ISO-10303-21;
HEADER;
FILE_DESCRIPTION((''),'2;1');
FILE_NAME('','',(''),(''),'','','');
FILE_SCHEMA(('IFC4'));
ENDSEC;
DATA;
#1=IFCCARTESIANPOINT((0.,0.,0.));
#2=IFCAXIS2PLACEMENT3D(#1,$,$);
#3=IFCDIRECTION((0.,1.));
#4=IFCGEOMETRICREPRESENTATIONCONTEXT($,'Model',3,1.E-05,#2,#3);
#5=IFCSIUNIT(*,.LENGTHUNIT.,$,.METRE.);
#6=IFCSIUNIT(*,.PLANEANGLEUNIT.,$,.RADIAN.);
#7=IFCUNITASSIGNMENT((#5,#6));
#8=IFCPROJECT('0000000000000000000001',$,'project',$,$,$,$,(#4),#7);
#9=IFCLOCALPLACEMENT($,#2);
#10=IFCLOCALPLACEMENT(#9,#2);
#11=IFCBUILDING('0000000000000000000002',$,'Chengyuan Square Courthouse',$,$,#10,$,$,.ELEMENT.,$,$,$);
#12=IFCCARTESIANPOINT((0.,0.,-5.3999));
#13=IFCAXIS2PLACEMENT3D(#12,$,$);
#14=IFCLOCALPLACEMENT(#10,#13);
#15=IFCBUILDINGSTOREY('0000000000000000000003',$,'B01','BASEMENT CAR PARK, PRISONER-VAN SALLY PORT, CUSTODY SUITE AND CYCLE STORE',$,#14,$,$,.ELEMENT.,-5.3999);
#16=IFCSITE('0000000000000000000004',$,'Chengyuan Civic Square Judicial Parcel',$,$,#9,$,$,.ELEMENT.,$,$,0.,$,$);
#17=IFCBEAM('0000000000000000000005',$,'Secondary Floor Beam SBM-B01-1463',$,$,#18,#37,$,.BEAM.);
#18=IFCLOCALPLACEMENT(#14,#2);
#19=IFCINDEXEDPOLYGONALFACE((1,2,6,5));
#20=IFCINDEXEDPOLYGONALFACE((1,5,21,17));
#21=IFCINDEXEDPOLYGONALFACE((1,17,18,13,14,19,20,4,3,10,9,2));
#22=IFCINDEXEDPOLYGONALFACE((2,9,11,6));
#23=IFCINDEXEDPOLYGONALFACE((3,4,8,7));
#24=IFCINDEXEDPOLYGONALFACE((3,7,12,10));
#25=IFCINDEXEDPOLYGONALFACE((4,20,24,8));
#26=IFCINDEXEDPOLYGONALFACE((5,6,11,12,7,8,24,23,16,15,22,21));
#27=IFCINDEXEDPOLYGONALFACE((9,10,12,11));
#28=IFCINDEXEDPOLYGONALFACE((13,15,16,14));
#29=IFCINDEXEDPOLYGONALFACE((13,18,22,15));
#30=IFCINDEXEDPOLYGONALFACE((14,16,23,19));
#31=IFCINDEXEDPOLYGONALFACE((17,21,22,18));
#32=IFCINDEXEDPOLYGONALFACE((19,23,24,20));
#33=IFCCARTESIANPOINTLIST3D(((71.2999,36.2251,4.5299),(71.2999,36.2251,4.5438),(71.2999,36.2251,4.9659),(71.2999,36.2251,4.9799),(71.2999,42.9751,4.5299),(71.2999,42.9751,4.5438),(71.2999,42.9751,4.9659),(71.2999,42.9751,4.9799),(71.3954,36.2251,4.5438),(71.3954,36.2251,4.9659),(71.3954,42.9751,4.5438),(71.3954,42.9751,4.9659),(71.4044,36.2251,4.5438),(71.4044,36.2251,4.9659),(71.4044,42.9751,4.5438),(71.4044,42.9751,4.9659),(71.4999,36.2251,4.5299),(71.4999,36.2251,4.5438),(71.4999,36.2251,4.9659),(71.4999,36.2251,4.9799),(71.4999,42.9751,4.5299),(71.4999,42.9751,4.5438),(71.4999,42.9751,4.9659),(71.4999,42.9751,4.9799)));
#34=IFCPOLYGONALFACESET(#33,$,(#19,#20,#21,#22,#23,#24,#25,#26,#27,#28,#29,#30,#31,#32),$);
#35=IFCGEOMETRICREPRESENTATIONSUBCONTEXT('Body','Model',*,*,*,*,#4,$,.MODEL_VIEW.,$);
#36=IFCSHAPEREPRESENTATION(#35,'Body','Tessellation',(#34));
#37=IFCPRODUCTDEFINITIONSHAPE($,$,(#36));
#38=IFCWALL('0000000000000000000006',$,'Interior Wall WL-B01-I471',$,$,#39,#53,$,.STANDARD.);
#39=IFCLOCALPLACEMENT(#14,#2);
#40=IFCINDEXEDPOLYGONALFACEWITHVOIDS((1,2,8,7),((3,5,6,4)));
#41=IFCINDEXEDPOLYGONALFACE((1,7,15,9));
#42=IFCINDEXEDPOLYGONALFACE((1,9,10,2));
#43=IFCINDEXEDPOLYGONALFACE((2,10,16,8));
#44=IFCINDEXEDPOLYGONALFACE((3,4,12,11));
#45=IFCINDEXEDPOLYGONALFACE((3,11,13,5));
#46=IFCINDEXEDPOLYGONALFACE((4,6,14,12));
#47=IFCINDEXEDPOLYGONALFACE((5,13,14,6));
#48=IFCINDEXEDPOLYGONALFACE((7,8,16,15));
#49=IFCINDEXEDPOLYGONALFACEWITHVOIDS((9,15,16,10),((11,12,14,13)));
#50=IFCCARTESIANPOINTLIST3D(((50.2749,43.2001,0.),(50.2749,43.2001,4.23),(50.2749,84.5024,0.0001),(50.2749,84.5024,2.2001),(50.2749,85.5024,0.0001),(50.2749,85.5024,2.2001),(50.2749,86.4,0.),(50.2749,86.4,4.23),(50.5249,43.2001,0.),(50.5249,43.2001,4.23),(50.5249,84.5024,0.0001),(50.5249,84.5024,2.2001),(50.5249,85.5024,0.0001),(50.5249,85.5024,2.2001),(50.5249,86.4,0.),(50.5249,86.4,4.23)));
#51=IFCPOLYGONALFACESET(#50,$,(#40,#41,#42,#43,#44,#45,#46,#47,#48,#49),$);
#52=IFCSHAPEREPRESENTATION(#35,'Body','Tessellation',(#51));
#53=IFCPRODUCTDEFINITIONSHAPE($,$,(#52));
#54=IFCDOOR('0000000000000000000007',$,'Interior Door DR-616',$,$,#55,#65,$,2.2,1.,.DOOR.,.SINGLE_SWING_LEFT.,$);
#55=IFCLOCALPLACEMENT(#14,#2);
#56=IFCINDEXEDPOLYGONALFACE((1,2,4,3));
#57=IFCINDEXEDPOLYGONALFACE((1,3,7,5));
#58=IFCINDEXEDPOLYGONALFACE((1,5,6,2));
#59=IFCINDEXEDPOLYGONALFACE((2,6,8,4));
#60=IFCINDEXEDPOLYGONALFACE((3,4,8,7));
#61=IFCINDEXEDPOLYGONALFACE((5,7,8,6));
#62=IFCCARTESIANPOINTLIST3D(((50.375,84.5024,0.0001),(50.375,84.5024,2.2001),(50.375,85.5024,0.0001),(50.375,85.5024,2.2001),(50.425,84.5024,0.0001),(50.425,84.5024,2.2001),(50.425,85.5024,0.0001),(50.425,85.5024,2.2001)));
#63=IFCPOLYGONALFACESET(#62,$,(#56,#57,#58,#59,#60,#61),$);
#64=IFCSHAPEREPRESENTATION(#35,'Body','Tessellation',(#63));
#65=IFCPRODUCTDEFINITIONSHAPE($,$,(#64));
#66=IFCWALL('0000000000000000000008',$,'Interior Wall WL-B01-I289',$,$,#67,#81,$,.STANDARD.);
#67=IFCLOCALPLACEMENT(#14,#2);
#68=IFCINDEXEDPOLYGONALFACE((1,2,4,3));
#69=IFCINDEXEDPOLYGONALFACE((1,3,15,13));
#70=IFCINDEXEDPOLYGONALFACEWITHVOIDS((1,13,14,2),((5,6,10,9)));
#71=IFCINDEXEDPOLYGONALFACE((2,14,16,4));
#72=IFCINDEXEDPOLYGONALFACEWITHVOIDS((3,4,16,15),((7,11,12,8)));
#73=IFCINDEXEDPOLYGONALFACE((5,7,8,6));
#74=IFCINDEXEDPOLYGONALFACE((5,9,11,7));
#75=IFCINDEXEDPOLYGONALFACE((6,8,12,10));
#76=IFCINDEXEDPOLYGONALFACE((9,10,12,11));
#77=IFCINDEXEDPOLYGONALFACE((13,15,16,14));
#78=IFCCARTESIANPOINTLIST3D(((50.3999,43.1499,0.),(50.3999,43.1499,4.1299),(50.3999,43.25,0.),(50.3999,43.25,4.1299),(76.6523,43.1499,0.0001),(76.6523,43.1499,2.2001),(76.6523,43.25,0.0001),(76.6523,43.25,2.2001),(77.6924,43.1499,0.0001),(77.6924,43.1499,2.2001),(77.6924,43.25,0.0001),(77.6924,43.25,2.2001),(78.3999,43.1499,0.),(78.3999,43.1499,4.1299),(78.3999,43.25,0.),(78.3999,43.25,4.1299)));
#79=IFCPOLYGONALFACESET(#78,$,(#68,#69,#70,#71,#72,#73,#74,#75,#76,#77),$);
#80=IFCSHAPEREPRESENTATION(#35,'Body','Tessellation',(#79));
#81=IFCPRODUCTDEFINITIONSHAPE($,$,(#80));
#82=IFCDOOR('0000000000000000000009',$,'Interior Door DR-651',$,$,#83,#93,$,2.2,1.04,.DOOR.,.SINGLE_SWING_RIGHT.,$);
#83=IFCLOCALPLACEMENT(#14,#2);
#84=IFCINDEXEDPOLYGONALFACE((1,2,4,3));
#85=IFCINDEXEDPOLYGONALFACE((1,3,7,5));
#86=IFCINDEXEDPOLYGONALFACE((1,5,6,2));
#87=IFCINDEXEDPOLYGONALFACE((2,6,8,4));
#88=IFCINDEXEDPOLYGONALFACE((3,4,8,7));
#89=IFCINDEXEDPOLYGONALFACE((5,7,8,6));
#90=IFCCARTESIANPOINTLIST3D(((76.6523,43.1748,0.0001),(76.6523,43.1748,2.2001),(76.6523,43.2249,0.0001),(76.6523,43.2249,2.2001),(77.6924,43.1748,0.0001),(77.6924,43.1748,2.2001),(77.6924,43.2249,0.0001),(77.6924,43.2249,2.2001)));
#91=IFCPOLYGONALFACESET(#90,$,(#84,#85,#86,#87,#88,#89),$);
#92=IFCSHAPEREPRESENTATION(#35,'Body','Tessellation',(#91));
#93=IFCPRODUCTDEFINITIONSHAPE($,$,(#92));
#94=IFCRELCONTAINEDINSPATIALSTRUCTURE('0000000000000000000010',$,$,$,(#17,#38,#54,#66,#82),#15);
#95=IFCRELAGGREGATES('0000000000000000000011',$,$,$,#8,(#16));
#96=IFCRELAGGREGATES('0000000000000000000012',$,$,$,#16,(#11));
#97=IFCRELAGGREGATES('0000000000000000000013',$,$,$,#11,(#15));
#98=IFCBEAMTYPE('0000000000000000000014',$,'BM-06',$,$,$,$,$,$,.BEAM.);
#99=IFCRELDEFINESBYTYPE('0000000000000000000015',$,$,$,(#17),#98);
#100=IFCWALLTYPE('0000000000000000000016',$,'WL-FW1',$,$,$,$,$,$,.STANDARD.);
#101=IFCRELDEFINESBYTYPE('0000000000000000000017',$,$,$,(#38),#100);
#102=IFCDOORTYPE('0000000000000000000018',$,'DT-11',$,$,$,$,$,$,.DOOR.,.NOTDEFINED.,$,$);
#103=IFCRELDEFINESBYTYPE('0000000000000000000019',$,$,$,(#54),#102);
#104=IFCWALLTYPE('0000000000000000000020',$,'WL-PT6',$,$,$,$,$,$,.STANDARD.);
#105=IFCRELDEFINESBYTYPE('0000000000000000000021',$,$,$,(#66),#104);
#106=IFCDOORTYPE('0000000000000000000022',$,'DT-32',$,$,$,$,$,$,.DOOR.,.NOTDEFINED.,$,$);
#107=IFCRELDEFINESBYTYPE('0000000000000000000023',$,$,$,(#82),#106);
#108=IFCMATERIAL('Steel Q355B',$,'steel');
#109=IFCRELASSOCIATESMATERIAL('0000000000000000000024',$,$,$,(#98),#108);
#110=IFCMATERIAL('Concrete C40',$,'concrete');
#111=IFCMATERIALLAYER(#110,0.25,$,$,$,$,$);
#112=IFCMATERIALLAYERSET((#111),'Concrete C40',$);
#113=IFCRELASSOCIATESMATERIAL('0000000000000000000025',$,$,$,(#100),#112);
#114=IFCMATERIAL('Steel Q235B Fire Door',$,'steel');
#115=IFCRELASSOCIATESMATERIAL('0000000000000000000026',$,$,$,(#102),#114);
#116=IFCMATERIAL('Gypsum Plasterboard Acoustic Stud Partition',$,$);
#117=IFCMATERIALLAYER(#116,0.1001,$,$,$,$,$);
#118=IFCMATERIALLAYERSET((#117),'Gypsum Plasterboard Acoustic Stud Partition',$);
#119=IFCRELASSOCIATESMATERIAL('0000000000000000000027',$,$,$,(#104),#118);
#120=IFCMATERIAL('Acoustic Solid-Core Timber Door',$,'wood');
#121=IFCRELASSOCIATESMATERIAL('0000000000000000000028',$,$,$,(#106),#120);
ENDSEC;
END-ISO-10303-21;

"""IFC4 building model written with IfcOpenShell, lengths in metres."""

from ifc_helpers import new_model, si_unit, direction, frame, frame_2d, origin, origin_2d, place, context, subcontext, project, spatial, rectangle, i_section, extrude, material, layer, layer_set, material_profile, profile_set, type_object, element, fill, save


model = new_model("IFC4")

# Units and contexts
model_context = context("Model", 3, precision=1e-05, world=origin(), true_north=direction((0.0, 1.0)))
body_context = subcontext(model_context, "Body", "Model", "MODEL_VIEW")
ifc_project = project(units=[si_unit("LENGTHUNIT", "METRE"), si_unit("PLANEANGLEUNIT", "RADIAN")], contexts=[model_context])

# Site, building, storey
site_placement = place(None, origin())
site = spatial("IfcSite", under=ifc_project, at=site_placement, Name="Chengyuan Civic Square Judicial Parcel", CompositionType="ELEMENT", RefElevation=0.0)
building_placement = place(site_placement, origin())
building = spatial("IfcBuilding", under=site, at=building_placement, Name="Chengyuan Square Courthouse", CompositionType="ELEMENT")
storey_placement = place(building_placement, frame((0.0, 0.0, -5.3999)))
storey = spatial("IfcBuildingStorey", under=building, at=storey_placement, Name="B01", Description="BASEMENT CAR PARK, PRISONER-VAN SALLY PORT, CUSTODY SUITE AND CYCLE STORE", CompositionType="ELEMENT", Elevation=-5.3999)

# Beam
ifc_material_1 = material(Name="Concrete C40", Category="concrete")
ifc_material_2 = material(Name="Steel Q355B", Category="steel")
ifc_material_profile_1 = material_profile(ifc_material_2, i_section(OverallWidth=0.2, OverallDepth=0.45, WebThickness=0.009, FlangeThickness=0.0139, at=origin_2d()), Name="HN 450x200x9x14")
ifc_profile_set_1 = profile_set([ifc_material_profile_1], Name="Steel Q355B")
beam_type_1 = type_object("IfcBeamType", Name="BM-06", PredefinedType="BEAM", material=ifc_profile_set_1)
for number, where, z_axis, x_axis, name in (
    (1, (71.3999, 36.2251, 4.7549), (0.0, 1.0, 0.0), (-1.0, 0.0, 0.0), "Secondary Floor Beam SBM-B01-1463"),
):
    element("IfcBeam", number, at=place(storey_placement, frame(where, z_axis=z_axis, x_axis=x_axis)), inside=storey, type_object=beam_type_1, Name=name, PredefinedType="BEAM", context=body_context, shape_type="SweptSolid", body=[
        extrude(i_section(OverallWidth=0.2, OverallDepth=0.45, WebThickness=0.009, FlangeThickness=0.0139, at=origin_2d()), origin(), (0.0, 0.0, 1.0), 6.75),
    ])

# Walls, openings, doors
ifc_layer_1 = layer(ifc_material_1, 0.25)
ifc_layer_set_1 = layer_set([ifc_layer_1], Name="Concrete C40")
wall_type_1 = type_object("IfcWallType", Name="WL-FW1", PredefinedType="STANDARD", material=ifc_layer_set_1)
wall_1_placement = place(storey_placement, frame((50.3999, 43.2, 0.0), z_axis=(0.0, 0.0, 1.0), x_axis=(0.0, 1.0, 0.0)))
wall_1 = element("IfcWall", 2, at=wall_1_placement, inside=storey, type_object=wall_type_1, Name="Interior Wall WL-B01-I471", PredefinedType="STANDARD", context=body_context, shape_type="SweptSolid", body=[
    extrude(rectangle(XDim=43.2, YDim=0.25, at=frame_2d((21.6001, 0.0))), origin(), (0.0, 0.0, 1.0), 4.23),
])
opening_1_placement = place(wall_1_placement, frame((41.3025, 0.0, 0.0)))
opening_1 = element("IfcOpeningElement", 3, at=opening_1_placement, cuts=wall_1, PredefinedType="OPENING", context=body_context, shape_type="SweptSolid", body=[
    extrude(rectangle(XDim=1.0, YDim=2.2, at=frame_2d((0.5, 1.1001))), frame((0.0, 0.137, 0.0), z_axis=(0.0, -1.0, 0.0), x_axis=(1.0, 0.0, 0.0)), (0.0, 0.0, 1.0), 0.2739),
])
ifc_material_3 = material(Name="Steel Q235B Fire Door", Category="steel")
door_type_1 = type_object("IfcDoorType", Name="DT-11", OperationType="NOTDEFINED", PredefinedType="DOOR", material=ifc_material_3)
door_1_placement = place(opening_1_placement, origin())
door_1 = element("IfcDoor", 4, at=door_1_placement, inside=storey, type_object=door_type_1, Name="Interior Door DR-616", OperationType="SINGLE_SWING_LEFT", OverallHeight=2.2, OverallWidth=1.0, PredefinedType="DOOR", context=body_context, shape_type="SweptSolid", body=[
    extrude(rectangle(XDim=1.0, YDim=2.2, at=frame_2d((0.5, 1.1001))), frame((0.0, 0.0249, 0.0), z_axis=(0.0, -1.0, 0.0), x_axis=(1.0, 0.0, 0.0)), (0.0, 0.0, 1.0), 0.05),
])
fill(opening_1, door_1)
ifc_material_4 = material(Name="Gypsum Plasterboard Acoustic Stud Partition")
ifc_layer_2 = layer(ifc_material_4, 0.1001)
ifc_layer_set_2 = layer_set([ifc_layer_2], Name="Gypsum Plasterboard Acoustic Stud Partition")
wall_type_2 = type_object("IfcWallType", Name="WL-PT6", PredefinedType="STANDARD", material=ifc_layer_set_2)
wall_2_placement = place(storey_placement, frame((50.3999, 43.2, 0.0), z_axis=(0.0, 0.0, 1.0), x_axis=(1.0, 0.0, 0.0)))
wall_2 = element("IfcWall", 5, at=wall_2_placement, inside=storey, type_object=wall_type_2, Name="Interior Wall WL-B01-I289", PredefinedType="STANDARD", context=body_context, shape_type="SweptSolid", body=[
    extrude(rectangle(XDim=28.0, YDim=0.1001, at=frame_2d((14.0, 0.0))), origin(), (0.0, 0.0, 1.0), 4.1299),
])
opening_2_placement = place(wall_2_placement, frame((26.2524, 0.0, 0.0)))
opening_2 = element("IfcOpeningElement", 6, at=opening_2_placement, cuts=wall_2, PredefinedType="OPENING", context=body_context, shape_type="SweptSolid", body=[
    extrude(rectangle(XDim=1.04, YDim=2.2, at=frame_2d((0.52, 1.1001))), frame((0.0, 0.062, 0.0), z_axis=(0.0, -1.0, 0.0), x_axis=(1.0, 0.0, 0.0)), (0.0, 0.0, 1.0), 0.124),
])
ifc_material_5 = material(Name="Acoustic Solid-Core Timber Door", Category="wood")
door_type_2 = type_object("IfcDoorType", Name="DT-32", OperationType="NOTDEFINED", PredefinedType="DOOR", material=ifc_material_5)
door_2_placement = place(opening_2_placement, origin())
door_2 = element("IfcDoor", 7, at=door_2_placement, inside=storey, type_object=door_type_2, Name="Interior Door DR-651", OperationType="SINGLE_SWING_RIGHT", OverallHeight=2.2, OverallWidth=1.04, PredefinedType="DOOR", context=body_context, shape_type="SweptSolid", body=[
    extrude(rectangle(XDim=1.04, YDim=2.2, at=frame_2d((0.52, 1.1001))), frame((0.0, 0.0249, 0.0), z_axis=(0.0, -1.0, 0.0), x_axis=(1.0, 0.0, 0.0)), (0.0, 0.0, 1.0), 0.05),
])
fill(opening_2, door_2)

save(model, "model.ifc")
